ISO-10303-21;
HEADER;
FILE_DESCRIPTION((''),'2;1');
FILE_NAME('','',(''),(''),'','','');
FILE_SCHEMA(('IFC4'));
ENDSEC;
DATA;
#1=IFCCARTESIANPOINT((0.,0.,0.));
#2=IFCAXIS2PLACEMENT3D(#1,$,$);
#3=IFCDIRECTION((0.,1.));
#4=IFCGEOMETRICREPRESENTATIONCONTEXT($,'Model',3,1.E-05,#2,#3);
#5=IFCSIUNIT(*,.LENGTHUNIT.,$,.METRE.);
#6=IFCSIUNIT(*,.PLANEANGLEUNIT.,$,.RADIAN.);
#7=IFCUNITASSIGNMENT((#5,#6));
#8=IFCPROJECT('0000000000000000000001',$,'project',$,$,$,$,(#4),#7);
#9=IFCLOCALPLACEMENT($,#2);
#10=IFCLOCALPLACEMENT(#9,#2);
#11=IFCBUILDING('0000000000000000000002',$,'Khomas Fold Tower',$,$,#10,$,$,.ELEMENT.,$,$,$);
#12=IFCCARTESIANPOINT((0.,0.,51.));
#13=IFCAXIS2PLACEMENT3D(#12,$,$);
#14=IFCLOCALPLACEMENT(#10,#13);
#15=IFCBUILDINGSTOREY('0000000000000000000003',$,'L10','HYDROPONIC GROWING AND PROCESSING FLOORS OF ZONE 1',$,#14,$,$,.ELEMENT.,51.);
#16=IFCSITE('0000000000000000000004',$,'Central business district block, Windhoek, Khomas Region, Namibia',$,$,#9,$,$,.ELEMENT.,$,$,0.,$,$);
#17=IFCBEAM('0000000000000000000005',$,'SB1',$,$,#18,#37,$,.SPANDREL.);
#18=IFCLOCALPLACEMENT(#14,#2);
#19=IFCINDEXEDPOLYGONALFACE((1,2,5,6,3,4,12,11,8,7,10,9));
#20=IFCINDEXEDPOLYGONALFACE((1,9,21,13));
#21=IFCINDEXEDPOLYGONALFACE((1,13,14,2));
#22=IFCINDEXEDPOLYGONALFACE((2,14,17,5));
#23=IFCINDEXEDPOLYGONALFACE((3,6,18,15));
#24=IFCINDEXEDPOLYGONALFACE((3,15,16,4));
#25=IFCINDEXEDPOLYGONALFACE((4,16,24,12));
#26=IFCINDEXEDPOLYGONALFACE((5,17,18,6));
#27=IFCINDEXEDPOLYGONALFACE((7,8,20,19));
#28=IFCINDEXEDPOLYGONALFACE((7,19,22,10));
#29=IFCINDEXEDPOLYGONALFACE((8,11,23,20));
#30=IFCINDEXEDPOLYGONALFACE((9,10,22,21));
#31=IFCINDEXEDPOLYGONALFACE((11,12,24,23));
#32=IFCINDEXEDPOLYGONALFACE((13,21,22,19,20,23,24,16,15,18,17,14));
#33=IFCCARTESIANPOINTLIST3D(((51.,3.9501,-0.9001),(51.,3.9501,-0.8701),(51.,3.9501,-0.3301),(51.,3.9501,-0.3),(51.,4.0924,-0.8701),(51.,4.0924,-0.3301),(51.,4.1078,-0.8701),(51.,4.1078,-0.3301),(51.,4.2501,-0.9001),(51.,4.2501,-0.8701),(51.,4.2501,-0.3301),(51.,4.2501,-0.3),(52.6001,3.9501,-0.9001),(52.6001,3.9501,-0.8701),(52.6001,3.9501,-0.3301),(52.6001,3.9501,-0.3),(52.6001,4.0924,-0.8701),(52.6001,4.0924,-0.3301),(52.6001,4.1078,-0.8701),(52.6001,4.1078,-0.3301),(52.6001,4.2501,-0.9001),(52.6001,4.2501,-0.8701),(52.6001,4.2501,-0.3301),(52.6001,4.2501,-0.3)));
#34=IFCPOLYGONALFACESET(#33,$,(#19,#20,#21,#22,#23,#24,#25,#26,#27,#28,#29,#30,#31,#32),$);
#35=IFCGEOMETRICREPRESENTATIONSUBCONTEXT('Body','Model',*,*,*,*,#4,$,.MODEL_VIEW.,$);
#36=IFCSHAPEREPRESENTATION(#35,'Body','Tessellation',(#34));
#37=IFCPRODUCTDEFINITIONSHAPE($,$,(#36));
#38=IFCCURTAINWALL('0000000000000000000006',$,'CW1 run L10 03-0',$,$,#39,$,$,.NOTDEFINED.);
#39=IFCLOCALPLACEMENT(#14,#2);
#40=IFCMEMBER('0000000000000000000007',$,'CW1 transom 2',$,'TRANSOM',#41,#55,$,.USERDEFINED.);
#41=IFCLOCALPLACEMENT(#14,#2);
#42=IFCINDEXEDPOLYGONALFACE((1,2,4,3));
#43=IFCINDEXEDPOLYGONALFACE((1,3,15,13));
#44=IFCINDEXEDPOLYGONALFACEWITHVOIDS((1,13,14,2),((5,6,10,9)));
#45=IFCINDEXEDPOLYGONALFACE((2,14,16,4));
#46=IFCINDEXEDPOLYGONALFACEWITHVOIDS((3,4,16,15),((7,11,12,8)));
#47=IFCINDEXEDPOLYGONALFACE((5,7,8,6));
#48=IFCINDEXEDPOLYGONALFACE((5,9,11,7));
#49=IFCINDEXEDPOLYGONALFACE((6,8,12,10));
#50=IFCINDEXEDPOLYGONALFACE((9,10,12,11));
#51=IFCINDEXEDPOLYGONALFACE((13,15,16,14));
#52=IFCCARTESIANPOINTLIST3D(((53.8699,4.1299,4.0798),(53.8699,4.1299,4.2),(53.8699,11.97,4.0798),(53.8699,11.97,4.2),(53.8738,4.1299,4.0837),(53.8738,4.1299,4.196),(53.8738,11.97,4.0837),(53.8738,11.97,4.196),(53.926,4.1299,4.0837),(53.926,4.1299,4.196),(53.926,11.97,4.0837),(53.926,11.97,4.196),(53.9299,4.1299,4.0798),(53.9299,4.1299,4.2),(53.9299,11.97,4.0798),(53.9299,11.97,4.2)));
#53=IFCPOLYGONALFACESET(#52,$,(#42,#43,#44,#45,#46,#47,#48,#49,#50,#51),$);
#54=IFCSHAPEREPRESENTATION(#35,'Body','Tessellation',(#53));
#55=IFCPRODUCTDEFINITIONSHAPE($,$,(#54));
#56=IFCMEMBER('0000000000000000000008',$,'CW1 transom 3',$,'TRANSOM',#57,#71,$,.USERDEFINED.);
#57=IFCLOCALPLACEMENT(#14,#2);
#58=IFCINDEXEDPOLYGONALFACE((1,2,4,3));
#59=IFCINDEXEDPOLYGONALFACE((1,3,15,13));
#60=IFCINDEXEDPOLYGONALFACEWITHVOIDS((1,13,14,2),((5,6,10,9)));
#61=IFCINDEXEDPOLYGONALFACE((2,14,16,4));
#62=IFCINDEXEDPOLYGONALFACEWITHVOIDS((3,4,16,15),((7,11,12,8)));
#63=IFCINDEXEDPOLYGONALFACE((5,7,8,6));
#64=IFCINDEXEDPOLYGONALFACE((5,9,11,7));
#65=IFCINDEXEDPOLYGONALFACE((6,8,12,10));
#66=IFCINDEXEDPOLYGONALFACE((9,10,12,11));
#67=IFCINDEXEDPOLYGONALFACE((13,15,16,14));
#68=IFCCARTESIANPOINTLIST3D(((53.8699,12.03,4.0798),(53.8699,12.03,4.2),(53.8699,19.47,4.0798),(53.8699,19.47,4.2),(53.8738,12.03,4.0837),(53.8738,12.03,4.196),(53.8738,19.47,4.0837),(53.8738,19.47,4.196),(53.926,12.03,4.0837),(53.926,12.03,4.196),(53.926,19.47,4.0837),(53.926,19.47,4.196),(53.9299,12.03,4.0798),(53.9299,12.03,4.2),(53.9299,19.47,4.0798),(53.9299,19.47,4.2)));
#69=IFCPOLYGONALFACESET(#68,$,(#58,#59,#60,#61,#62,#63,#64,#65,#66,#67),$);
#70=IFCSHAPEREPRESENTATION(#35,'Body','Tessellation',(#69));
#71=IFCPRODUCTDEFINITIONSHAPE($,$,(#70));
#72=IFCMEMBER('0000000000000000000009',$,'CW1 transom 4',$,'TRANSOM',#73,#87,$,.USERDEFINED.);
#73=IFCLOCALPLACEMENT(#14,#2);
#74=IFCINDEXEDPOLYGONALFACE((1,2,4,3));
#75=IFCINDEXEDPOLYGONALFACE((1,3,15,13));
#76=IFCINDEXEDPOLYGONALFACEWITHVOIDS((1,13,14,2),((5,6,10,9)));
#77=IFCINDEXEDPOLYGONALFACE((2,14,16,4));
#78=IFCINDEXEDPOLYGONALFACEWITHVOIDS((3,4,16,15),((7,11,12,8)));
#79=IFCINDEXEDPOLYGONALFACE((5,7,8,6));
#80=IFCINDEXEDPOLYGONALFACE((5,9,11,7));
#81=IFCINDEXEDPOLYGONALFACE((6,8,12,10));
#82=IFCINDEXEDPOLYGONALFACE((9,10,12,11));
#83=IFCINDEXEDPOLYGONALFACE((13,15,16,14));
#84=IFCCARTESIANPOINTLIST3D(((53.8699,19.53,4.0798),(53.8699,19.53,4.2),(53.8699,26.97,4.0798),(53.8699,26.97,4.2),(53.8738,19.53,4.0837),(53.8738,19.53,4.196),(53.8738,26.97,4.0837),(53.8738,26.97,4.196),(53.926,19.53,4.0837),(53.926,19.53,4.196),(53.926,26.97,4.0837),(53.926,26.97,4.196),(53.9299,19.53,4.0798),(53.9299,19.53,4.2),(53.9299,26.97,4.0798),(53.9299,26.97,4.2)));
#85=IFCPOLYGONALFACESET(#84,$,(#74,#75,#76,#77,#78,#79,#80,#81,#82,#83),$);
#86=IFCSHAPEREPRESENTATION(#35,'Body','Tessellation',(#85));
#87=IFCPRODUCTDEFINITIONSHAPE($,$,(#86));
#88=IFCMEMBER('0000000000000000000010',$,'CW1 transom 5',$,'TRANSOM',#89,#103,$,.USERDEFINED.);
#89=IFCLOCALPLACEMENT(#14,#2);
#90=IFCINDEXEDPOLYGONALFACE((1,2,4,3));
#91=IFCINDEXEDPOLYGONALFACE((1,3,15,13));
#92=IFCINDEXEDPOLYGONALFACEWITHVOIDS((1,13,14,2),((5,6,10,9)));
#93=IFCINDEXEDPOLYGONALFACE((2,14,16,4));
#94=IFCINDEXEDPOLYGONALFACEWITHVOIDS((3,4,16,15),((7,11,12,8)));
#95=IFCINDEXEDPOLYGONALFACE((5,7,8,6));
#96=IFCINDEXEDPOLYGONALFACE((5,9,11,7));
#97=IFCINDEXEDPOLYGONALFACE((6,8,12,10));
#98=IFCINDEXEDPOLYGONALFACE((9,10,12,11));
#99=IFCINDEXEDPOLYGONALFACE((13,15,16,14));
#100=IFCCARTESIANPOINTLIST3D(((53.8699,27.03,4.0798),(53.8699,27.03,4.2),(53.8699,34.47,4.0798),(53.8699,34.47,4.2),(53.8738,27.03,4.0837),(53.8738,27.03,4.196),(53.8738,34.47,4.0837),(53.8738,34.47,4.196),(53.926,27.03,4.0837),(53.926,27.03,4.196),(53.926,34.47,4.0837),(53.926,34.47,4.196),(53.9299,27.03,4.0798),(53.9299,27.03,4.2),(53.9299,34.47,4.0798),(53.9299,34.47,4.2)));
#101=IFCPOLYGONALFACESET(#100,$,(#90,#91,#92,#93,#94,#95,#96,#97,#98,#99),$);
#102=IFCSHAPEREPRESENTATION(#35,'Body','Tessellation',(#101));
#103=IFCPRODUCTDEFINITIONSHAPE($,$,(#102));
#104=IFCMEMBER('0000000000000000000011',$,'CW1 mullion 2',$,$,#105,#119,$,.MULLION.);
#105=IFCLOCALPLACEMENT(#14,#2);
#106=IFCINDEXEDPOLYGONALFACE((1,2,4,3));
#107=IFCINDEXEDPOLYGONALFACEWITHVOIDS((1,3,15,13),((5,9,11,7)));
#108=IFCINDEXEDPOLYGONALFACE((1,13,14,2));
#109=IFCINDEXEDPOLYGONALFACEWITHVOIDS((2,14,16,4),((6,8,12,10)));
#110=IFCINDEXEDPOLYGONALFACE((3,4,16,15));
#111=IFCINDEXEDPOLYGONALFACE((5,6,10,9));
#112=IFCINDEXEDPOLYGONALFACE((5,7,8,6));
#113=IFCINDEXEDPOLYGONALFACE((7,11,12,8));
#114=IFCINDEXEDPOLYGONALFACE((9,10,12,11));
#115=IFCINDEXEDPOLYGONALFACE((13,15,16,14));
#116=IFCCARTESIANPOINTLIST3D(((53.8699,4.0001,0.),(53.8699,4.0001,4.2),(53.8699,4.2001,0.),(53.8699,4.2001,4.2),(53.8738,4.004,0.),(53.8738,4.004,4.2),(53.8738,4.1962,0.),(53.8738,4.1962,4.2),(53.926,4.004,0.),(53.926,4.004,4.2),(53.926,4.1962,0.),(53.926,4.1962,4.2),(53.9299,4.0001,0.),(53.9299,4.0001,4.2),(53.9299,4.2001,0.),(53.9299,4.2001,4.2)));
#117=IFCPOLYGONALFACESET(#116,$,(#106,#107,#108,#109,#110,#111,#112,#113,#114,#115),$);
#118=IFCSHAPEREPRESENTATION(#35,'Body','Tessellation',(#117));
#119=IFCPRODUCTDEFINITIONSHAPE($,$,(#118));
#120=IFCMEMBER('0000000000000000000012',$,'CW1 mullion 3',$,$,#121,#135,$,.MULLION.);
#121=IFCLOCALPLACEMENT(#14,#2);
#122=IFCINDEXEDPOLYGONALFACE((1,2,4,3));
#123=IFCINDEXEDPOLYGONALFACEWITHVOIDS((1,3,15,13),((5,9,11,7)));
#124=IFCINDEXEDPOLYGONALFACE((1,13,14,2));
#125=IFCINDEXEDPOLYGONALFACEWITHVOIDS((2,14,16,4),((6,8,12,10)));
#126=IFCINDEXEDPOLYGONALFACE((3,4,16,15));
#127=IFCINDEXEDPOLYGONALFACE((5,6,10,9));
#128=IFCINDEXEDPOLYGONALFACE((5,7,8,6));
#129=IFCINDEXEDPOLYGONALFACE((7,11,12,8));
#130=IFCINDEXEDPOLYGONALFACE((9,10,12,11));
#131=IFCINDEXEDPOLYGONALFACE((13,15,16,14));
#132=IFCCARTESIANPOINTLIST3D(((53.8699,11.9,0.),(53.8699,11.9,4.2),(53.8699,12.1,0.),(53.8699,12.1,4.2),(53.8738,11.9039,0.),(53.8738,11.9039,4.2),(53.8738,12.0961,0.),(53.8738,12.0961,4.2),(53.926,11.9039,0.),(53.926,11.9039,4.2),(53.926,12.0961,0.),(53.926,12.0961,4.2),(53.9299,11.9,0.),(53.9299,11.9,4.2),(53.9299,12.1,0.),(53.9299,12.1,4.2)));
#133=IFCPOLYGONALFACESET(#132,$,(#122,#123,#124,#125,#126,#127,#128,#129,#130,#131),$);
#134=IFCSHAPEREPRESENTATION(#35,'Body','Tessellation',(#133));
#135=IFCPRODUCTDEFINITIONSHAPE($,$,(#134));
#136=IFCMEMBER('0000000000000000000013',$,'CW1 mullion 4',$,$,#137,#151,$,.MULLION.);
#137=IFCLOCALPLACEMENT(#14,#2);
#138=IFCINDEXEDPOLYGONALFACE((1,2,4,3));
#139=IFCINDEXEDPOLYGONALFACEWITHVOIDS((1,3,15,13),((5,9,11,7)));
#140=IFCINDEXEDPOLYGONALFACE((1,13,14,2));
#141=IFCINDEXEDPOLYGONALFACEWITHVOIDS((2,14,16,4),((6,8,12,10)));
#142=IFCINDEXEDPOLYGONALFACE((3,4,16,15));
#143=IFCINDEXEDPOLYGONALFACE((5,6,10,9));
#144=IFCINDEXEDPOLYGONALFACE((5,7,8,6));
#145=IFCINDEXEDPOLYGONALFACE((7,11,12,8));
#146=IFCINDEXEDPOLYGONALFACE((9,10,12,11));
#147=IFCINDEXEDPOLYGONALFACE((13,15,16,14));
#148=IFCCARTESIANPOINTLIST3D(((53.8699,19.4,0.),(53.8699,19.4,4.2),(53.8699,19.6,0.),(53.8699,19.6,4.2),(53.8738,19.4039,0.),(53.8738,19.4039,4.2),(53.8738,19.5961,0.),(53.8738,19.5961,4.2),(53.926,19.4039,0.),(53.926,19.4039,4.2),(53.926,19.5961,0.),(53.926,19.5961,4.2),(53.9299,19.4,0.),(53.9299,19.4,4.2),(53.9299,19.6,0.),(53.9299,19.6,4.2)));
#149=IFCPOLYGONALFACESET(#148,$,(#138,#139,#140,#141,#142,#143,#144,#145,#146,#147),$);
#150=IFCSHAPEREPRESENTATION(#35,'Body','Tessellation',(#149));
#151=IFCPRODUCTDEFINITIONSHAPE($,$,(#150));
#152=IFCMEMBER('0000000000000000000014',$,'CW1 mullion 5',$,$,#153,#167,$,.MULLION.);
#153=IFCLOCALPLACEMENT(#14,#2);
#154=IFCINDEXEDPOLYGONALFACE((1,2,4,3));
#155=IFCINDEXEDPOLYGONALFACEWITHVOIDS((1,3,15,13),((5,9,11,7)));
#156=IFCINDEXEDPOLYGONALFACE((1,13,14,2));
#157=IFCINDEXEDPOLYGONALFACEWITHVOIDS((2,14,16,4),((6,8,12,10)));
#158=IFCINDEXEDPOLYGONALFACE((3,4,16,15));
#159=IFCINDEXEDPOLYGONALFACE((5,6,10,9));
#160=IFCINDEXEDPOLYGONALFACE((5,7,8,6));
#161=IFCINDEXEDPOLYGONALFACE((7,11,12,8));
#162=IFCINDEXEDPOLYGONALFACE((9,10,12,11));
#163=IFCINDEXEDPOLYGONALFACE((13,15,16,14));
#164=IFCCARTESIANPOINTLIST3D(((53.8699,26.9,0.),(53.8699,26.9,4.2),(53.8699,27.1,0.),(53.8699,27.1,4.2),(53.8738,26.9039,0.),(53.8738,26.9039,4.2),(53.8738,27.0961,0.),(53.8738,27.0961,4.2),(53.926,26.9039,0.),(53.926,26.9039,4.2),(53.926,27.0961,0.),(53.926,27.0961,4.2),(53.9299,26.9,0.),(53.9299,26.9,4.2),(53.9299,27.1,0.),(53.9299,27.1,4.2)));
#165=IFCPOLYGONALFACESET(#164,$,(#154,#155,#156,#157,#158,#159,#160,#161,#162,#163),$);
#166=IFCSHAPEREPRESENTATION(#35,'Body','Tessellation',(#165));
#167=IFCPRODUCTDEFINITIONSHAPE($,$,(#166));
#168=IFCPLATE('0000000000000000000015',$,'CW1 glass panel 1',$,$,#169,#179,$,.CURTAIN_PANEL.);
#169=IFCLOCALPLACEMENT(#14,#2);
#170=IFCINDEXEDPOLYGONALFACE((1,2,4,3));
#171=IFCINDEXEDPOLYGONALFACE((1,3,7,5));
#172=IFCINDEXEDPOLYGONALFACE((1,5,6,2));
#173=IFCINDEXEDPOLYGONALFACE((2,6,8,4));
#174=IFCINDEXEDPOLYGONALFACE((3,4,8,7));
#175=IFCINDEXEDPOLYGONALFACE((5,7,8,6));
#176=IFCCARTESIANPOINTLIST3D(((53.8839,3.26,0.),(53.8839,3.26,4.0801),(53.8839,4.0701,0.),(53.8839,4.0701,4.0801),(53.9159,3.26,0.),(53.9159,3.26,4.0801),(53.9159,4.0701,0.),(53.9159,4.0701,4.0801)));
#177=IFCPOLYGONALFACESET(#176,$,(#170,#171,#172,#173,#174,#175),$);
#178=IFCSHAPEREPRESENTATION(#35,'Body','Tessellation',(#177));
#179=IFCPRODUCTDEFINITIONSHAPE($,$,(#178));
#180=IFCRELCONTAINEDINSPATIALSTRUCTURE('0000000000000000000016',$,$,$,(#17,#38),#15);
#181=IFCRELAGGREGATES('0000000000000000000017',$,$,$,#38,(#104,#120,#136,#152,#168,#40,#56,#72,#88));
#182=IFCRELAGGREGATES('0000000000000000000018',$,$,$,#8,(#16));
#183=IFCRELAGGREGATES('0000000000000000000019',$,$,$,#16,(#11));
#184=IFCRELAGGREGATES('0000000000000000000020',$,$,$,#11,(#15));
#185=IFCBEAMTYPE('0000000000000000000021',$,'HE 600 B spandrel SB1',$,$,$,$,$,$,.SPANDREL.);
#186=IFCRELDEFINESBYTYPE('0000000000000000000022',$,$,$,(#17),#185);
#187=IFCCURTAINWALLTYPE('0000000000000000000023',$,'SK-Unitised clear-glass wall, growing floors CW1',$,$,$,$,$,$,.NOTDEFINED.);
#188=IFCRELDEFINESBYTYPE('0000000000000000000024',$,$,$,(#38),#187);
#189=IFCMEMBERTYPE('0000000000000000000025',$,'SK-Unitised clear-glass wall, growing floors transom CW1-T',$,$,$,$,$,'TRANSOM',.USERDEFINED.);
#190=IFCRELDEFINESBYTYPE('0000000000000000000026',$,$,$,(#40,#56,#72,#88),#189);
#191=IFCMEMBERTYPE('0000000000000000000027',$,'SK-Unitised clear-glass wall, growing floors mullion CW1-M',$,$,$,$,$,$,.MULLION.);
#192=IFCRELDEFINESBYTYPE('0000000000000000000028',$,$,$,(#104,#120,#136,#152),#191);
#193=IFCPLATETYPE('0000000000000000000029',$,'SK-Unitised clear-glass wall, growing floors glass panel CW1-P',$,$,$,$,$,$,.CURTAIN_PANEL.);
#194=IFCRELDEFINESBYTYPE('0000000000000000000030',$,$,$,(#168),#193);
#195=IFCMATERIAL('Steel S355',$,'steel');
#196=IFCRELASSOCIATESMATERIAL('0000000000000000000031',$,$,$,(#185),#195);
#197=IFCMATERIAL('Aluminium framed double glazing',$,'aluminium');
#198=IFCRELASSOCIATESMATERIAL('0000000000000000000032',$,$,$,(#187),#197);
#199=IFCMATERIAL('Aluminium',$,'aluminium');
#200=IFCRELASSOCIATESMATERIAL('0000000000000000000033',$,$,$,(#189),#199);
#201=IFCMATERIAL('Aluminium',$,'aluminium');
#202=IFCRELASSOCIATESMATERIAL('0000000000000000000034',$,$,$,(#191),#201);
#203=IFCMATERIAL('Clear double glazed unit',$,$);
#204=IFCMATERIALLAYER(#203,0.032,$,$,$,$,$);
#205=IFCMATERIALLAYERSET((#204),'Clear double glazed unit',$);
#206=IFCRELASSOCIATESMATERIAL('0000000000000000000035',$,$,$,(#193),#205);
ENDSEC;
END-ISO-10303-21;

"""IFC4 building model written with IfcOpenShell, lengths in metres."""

from ifc_helpers import new_model, si_unit, direction, frame, origin, origin_2d, place, context, subcontext, project, spatial, rectangle, hollow_rectangle, i_section, extrude, source, transform, mapped, material, layer, layer_set, material_profile, profile_set, type_object, element, aggregate, save


model = new_model("IFC4")

# Units and contexts
model_context = context("Model", 3, precision=1e-05, world=origin(), true_north=direction((0.0, 1.0)))
body_context = subcontext(model_context, "Body", "Model", "MODEL_VIEW")
ifc_project = project(units=[si_unit("LENGTHUNIT", "METRE"), si_unit("PLANEANGLEUNIT", "RADIAN")], contexts=[model_context])

# Site, building, storey
site_placement = place(None, origin())
site = spatial("IfcSite", under=ifc_project, at=site_placement, Name="Central business district block, Windhoek, Khomas Region, Namibia", CompositionType="ELEMENT", RefElevation=0.0)
building_placement = place(site_placement, origin())
building = spatial("IfcBuilding", under=site, at=building_placement, Name="Khomas Fold Tower", CompositionType="ELEMENT")
storey_placement = place(building_placement, frame((0.0, 0.0, 51.0)))
storey = spatial("IfcBuildingStorey", under=building, at=storey_placement, Name="L10", Description="HYDROPONIC GROWING AND PROCESSING FLOORS OF ZONE 1", CompositionType="ELEMENT", Elevation=51.0)

# Beam
ifc_material_1 = material(Name="Steel S355", Category="steel")
ifc_material_profile_1 = material_profile(ifc_material_1, i_section(OverallWidth=0.3, OverallDepth=0.6001, WebThickness=0.0154, FlangeThickness=0.03, at=origin_2d()), Name="HE 600 B")
ifc_profile_set_1 = profile_set([ifc_material_profile_1], Name="Steel S355")
beam_type_1 = type_object("IfcBeamType", Name="HE 600 B spandrel SB1", PredefinedType="SPANDREL", material=ifc_profile_set_1)
shared_shape_1 = source(origin(), body_context, "Body", "SweptSolid", [
    extrude(i_section(OverallWidth=0.3, OverallDepth=0.6001, WebThickness=0.0154, FlangeThickness=0.03, at=origin_2d()), origin(), (0.0, 0.0, 1.0), 1.6001),
])
beam_1_placement = place(storey_placement, frame((51.0, 4.1001, -0.6001), z_axis=(1.0, 0.0, 0.0), x_axis=(0.0, 1.0, 0.0)))
element("IfcBeam", 1, at=beam_1_placement, inside=storey, type_object=beam_type_1, Name="SB1", PredefinedType="SPANDREL", context=body_context, shape_type="MappedRepresentation", body=[
    mapped(shared_shape_1, transform((0.0, 0.0, 0.0))),
])

# Curtain wall, members, plate
ifc_material_2 = material(Name="Aluminium framed double glazing", Category="aluminium")
curtain_wall_type = type_object("IfcCurtainWallType", Name="SK-Unitised clear-glass wall, growing floors CW1", PredefinedType="NOTDEFINED", material=ifc_material_2)
curtain_wall_placement = place(storey_placement, origin())
curtain_wall = element("IfcCurtainWall", 2, at=curtain_wall_placement, inside=storey, type_object=curtain_wall_type, Name="CW1 run L10 03-0", PredefinedType="NOTDEFINED")
ifc_material_3 = material(Name="Aluminium", Category="aluminium")
ifc_material_profile_2 = material_profile(ifc_material_3, hollow_rectangle(XDim=0.0601, YDim=0.1201, WallThickness=0.0039, at=origin_2d()), Name="SK-Unitised clear-glass wall, growing floors transom CW1-T")
ifc_profile_set_2 = profile_set([ifc_material_profile_2], Name="Aluminium")
member_type_1 = type_object("IfcMemberType", Name="SK-Unitised clear-glass wall, growing floors transom CW1-T", ElementType="TRANSOM", PredefinedType="USERDEFINED", material=ifc_profile_set_2)
shared_shape_2 = source(origin(), body_context, "Body", "SweptSolid", [
    extrude(hollow_rectangle(XDim=0.0601, YDim=0.1201, WallThickness=0.0039, at=origin_2d()), origin(), (0.0, 0.0, 1.0), 7.8401),
])
member_1_placement = place(storey_placement, frame((53.8999, 4.1299, 4.1399), z_axis=(0.0, 1.0, 0.0), x_axis=(-1.0, 0.0, 0.0)))
member_1 = element("IfcMember", 3, at=member_1_placement, type_object=member_type_1, Name="CW1 transom 2", ObjectType="TRANSOM", PredefinedType="USERDEFINED", context=body_context, shape_type="MappedRepresentation", body=[
    mapped(shared_shape_2, transform((0.0, 0.0, 0.0))),
])
shared_shape_3 = source(origin(), body_context, "Body", "SweptSolid", [
    extrude(hollow_rectangle(XDim=0.0601, YDim=0.1201, WallThickness=0.0039, at=origin_2d()), origin(), (0.0, 0.0, 1.0), 7.4399),
])
member_2_placement = place(storey_placement, frame((53.8999, 12.03, 4.1399), z_axis=(0.0, 1.0, 0.0), x_axis=(-1.0, 0.0, 0.0)))
member_2 = element("IfcMember", 4, at=member_2_placement, type_object=member_type_1, Name="CW1 transom 3", ObjectType="TRANSOM", PredefinedType="USERDEFINED", context=body_context, shape_type="MappedRepresentation", body=[
    mapped(shared_shape_3, transform((0.0, 0.0, 0.0))),
])
member_3_placement = place(storey_placement, frame((53.8999, 19.53, 4.1399), z_axis=(0.0, 1.0, 0.0), x_axis=(-1.0, 0.0, 0.0)))
member_3 = element("IfcMember", 5, at=member_3_placement, type_object=member_type_1, Name="CW1 transom 4", ObjectType="TRANSOM", PredefinedType="USERDEFINED", context=body_context, shape_type="MappedRepresentation", body=[
    mapped(shared_shape_3, transform((0.0, 0.0, 0.0))),
])
member_4_placement = place(storey_placement, frame((53.8999, 27.03, 4.1399), z_axis=(0.0, 1.0, 0.0), x_axis=(-1.0, 0.0, 0.0)))
member_4 = element("IfcMember", 6, at=member_4_placement, type_object=member_type_1, Name="CW1 transom 5", ObjectType="TRANSOM", PredefinedType="USERDEFINED", context=body_context, shape_type="MappedRepresentation", body=[
    mapped(shared_shape_3, transform((0.0, 0.0, 0.0))),
])
ifc_material_4 = material(Name="Aluminium", Category="aluminium")
ifc_material_profile_3 = material_profile(ifc_material_4, hollow_rectangle(XDim=0.0601, YDim=0.2, WallThickness=0.0039, at=origin_2d()), Name="SK-Unitised clear-glass wall, growing floors mullion CW1-M")
ifc_profile_set_3 = profile_set([ifc_material_profile_3], Name="Aluminium")
member_type_2 = type_object("IfcMemberType", Name="SK-Unitised clear-glass wall, growing floors mullion CW1-M", PredefinedType="MULLION", material=ifc_profile_set_3)
shared_shape_4 = source(origin(), body_context, "Body", "SweptSolid", [
    extrude(hollow_rectangle(XDim=0.0601, YDim=0.2, WallThickness=0.0039, at=origin_2d()), origin(), (0.0, 0.0, 1.0), 4.2),
])
member_5_placement = place(storey_placement, frame((53.8999, 4.1001, 0.0), z_axis=(0.0, 0.0, 1.0), x_axis=(-1.0, 0.0, 0.0)))
member_5 = element("IfcMember", 7, at=member_5_placement, type_object=member_type_2, Name="CW1 mullion 2", PredefinedType="MULLION", context=body_context, shape_type="MappedRepresentation", body=[
    mapped(shared_shape_4, transform((0.0, 0.0, 0.0))),
])
member_6_placement = place(storey_placement, frame((53.8999, 12.0, 0.0), z_axis=(0.0, 0.0, 1.0), x_axis=(-1.0, 0.0, 0.0)))
member_6 = element("IfcMember", 8, at=member_6_placement, type_object=member_type_2, Name="CW1 mullion 3", PredefinedType="MULLION", context=body_context, shape_type="MappedRepresentation", body=[
    mapped(shared_shape_4, transform((0.0, 0.0, 0.0))),
])
member_7_placement = place(storey_placement, frame((53.8999, 19.5, 0.0), z_axis=(0.0, 0.0, 1.0), x_axis=(-1.0, 0.0, 0.0)))
member_7 = element("IfcMember", 9, at=member_7_placement, type_object=member_type_2, Name="CW1 mullion 4", PredefinedType="MULLION", context=body_context, shape_type="MappedRepresentation", body=[
    mapped(shared_shape_4, transform((0.0, 0.0, 0.0))),
])
member_8_placement = place(storey_placement, frame((53.8999, 27.0, 0.0), z_axis=(0.0, 0.0, 1.0), x_axis=(-1.0, 0.0, 0.0)))
member_8 = element("IfcMember", 10, at=member_8_placement, type_object=member_type_2, Name="CW1 mullion 5", PredefinedType="MULLION", context=body_context, shape_type="MappedRepresentation", body=[
    mapped(shared_shape_4, transform((0.0, 0.0, 0.0))),
])
ifc_material_5 = material(Name="Clear double glazed unit")
ifc_layer_1 = layer(ifc_material_5, 0.032)
ifc_layer_set_1 = layer_set([ifc_layer_1], Name="Clear double glazed unit")
plate_type = type_object("IfcPlateType", Name="SK-Unitised clear-glass wall, growing floors glass panel CW1-P", PredefinedType="CURTAIN_PANEL", material=ifc_layer_set_1)
shared_shape_5 = source(origin(), body_context, "Body", "SweptSolid", [
    extrude(rectangle(XDim=0.8101, YDim=0.032, at=origin_2d()), origin(), (0.0, 0.0, 1.0), 4.0801),
])
plate_1_placement = place(storey_placement, frame((53.8999, 3.665, 0.0), z_axis=(0.0, 0.0, 1.0), x_axis=(0.0, 1.0, 0.0)))
plate_1 = element("IfcPlate", 11, at=plate_1_placement, type_object=plate_type, Name="CW1 glass panel 1", PredefinedType="CURTAIN_PANEL", context=body_context, shape_type="MappedRepresentation", body=[
    mapped(shared_shape_5, transform((0.0, 0.0, 0.0))),
])
aggregate(curtain_wall, [member_5, member_6, member_7, member_8, plate_1, member_1, member_2, member_3, member_4])

save(model, "model.ifc")
